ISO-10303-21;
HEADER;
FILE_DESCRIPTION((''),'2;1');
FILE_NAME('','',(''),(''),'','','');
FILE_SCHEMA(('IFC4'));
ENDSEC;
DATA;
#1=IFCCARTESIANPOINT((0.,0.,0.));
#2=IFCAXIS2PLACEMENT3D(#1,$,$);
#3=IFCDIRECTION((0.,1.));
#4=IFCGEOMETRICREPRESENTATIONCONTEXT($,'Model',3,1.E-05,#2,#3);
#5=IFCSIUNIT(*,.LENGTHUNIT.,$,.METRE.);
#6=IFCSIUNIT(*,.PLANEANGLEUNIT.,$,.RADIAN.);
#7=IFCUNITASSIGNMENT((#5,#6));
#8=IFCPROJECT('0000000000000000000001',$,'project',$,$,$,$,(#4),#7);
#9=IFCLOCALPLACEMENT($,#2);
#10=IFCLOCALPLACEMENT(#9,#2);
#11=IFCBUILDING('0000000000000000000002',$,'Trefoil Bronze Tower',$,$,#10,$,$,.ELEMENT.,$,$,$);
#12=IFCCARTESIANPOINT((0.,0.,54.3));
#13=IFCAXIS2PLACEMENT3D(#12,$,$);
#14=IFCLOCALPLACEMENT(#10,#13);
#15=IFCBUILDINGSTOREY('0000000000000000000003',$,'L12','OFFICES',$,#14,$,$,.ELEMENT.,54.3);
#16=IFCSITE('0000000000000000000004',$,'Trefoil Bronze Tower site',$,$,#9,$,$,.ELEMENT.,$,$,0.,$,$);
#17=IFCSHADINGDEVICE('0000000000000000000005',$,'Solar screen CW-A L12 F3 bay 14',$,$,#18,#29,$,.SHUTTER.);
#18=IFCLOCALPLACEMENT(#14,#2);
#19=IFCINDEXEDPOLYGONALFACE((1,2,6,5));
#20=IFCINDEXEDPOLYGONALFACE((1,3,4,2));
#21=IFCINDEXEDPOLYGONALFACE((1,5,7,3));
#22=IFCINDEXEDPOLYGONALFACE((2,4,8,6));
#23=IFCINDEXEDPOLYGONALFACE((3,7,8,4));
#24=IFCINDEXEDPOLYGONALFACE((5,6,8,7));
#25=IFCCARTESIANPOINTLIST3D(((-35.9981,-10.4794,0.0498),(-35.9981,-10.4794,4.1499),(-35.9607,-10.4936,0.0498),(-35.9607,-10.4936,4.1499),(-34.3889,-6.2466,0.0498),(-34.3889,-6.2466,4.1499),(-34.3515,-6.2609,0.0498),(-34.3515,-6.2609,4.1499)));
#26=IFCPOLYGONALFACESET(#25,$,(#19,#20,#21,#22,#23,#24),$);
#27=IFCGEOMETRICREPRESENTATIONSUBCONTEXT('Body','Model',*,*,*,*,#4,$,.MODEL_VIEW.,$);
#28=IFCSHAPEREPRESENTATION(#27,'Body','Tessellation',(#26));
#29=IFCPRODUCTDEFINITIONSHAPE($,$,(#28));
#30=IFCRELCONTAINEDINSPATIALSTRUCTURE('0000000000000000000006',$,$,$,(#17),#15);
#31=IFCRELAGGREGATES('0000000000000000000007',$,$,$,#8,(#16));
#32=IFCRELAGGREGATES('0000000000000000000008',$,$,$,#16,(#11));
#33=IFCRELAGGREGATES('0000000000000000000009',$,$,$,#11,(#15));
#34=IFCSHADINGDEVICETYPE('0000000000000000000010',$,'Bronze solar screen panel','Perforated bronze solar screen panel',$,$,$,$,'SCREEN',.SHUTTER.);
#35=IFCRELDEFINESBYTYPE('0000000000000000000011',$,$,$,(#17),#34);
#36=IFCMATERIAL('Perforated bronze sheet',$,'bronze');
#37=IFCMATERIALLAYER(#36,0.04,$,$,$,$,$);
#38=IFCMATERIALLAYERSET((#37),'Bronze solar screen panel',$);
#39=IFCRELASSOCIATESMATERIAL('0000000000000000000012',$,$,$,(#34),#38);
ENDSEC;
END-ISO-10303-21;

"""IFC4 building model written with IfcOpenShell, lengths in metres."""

from ifc_helpers import new_model, si_unit, direction, frame, origin, origin_2d, place, context, subcontext, project, spatial, rectangle, extrude, material, layer, layer_set, type_object, element, save


model = new_model("IFC4")

# Units and contexts
model_context = context("Model", 3, precision=1e-05, world=origin(), true_north=direction((0.0, 1.0)))
body_context = subcontext(model_context, "Body", "Model", "MODEL_VIEW")
ifc_project = project(units=[si_unit("LENGTHUNIT", "METRE"), si_unit("PLANEANGLEUNIT", "RADIAN")], contexts=[model_context])

# Site, building, storey
site_placement = place(None, origin())
site = spatial("IfcSite", under=ifc_project, at=site_placement, Name="Trefoil Bronze Tower site", CompositionType="ELEMENT", RefElevation=0.0)
building_placement = place(site_placement, origin())
building = spatial("IfcBuilding", under=site, at=building_placement, Name="Trefoil Bronze Tower", CompositionType="ELEMENT")
storey_placement = place(building_placement, frame((0.0, 0.0, 54.3)))
storey = spatial("IfcBuildingStorey", under=building, at=storey_placement, Name="L12", Description="OFFICES", CompositionType="ELEMENT", Elevation=54.3)

# Shading device
ifc_material_1 = material(Name="Perforated bronze sheet", Category="bronze")
ifc_layer_1 = layer(ifc_material_1, 0.04)
ifc_layer_set_1 = layer_set([ifc_layer_1], Name="Bronze solar screen panel")
shading_device_type = type_object("IfcShadingDeviceType", Name="Bronze solar screen panel", Description="Perforated bronze solar screen panel", ElementType="SCREEN", PredefinedType="SHUTTER", material=ifc_layer_set_1)
shading_device_1_placement = place(storey_placement, frame((-35.1748, -8.3701, 0.0498), z_axis=(0.0, 0.0, 1.0), x_axis=(-0.355371, -0.934725, 0.0)))
element("IfcShadingDevice", 1, at=shading_device_1_placement, inside=storey, type_object=shading_device_type, Name="Solar screen CW-A L12 F3 bay 14", PredefinedType="SHUTTER", context=body_context, shape_type="SweptSolid", body=[
    extrude(rectangle(XDim=4.5283, YDim=0.04, at=origin_2d()), origin(), (0.0, 0.0, 1.0), 4.1001),
])

save(model, "model.ifc")
